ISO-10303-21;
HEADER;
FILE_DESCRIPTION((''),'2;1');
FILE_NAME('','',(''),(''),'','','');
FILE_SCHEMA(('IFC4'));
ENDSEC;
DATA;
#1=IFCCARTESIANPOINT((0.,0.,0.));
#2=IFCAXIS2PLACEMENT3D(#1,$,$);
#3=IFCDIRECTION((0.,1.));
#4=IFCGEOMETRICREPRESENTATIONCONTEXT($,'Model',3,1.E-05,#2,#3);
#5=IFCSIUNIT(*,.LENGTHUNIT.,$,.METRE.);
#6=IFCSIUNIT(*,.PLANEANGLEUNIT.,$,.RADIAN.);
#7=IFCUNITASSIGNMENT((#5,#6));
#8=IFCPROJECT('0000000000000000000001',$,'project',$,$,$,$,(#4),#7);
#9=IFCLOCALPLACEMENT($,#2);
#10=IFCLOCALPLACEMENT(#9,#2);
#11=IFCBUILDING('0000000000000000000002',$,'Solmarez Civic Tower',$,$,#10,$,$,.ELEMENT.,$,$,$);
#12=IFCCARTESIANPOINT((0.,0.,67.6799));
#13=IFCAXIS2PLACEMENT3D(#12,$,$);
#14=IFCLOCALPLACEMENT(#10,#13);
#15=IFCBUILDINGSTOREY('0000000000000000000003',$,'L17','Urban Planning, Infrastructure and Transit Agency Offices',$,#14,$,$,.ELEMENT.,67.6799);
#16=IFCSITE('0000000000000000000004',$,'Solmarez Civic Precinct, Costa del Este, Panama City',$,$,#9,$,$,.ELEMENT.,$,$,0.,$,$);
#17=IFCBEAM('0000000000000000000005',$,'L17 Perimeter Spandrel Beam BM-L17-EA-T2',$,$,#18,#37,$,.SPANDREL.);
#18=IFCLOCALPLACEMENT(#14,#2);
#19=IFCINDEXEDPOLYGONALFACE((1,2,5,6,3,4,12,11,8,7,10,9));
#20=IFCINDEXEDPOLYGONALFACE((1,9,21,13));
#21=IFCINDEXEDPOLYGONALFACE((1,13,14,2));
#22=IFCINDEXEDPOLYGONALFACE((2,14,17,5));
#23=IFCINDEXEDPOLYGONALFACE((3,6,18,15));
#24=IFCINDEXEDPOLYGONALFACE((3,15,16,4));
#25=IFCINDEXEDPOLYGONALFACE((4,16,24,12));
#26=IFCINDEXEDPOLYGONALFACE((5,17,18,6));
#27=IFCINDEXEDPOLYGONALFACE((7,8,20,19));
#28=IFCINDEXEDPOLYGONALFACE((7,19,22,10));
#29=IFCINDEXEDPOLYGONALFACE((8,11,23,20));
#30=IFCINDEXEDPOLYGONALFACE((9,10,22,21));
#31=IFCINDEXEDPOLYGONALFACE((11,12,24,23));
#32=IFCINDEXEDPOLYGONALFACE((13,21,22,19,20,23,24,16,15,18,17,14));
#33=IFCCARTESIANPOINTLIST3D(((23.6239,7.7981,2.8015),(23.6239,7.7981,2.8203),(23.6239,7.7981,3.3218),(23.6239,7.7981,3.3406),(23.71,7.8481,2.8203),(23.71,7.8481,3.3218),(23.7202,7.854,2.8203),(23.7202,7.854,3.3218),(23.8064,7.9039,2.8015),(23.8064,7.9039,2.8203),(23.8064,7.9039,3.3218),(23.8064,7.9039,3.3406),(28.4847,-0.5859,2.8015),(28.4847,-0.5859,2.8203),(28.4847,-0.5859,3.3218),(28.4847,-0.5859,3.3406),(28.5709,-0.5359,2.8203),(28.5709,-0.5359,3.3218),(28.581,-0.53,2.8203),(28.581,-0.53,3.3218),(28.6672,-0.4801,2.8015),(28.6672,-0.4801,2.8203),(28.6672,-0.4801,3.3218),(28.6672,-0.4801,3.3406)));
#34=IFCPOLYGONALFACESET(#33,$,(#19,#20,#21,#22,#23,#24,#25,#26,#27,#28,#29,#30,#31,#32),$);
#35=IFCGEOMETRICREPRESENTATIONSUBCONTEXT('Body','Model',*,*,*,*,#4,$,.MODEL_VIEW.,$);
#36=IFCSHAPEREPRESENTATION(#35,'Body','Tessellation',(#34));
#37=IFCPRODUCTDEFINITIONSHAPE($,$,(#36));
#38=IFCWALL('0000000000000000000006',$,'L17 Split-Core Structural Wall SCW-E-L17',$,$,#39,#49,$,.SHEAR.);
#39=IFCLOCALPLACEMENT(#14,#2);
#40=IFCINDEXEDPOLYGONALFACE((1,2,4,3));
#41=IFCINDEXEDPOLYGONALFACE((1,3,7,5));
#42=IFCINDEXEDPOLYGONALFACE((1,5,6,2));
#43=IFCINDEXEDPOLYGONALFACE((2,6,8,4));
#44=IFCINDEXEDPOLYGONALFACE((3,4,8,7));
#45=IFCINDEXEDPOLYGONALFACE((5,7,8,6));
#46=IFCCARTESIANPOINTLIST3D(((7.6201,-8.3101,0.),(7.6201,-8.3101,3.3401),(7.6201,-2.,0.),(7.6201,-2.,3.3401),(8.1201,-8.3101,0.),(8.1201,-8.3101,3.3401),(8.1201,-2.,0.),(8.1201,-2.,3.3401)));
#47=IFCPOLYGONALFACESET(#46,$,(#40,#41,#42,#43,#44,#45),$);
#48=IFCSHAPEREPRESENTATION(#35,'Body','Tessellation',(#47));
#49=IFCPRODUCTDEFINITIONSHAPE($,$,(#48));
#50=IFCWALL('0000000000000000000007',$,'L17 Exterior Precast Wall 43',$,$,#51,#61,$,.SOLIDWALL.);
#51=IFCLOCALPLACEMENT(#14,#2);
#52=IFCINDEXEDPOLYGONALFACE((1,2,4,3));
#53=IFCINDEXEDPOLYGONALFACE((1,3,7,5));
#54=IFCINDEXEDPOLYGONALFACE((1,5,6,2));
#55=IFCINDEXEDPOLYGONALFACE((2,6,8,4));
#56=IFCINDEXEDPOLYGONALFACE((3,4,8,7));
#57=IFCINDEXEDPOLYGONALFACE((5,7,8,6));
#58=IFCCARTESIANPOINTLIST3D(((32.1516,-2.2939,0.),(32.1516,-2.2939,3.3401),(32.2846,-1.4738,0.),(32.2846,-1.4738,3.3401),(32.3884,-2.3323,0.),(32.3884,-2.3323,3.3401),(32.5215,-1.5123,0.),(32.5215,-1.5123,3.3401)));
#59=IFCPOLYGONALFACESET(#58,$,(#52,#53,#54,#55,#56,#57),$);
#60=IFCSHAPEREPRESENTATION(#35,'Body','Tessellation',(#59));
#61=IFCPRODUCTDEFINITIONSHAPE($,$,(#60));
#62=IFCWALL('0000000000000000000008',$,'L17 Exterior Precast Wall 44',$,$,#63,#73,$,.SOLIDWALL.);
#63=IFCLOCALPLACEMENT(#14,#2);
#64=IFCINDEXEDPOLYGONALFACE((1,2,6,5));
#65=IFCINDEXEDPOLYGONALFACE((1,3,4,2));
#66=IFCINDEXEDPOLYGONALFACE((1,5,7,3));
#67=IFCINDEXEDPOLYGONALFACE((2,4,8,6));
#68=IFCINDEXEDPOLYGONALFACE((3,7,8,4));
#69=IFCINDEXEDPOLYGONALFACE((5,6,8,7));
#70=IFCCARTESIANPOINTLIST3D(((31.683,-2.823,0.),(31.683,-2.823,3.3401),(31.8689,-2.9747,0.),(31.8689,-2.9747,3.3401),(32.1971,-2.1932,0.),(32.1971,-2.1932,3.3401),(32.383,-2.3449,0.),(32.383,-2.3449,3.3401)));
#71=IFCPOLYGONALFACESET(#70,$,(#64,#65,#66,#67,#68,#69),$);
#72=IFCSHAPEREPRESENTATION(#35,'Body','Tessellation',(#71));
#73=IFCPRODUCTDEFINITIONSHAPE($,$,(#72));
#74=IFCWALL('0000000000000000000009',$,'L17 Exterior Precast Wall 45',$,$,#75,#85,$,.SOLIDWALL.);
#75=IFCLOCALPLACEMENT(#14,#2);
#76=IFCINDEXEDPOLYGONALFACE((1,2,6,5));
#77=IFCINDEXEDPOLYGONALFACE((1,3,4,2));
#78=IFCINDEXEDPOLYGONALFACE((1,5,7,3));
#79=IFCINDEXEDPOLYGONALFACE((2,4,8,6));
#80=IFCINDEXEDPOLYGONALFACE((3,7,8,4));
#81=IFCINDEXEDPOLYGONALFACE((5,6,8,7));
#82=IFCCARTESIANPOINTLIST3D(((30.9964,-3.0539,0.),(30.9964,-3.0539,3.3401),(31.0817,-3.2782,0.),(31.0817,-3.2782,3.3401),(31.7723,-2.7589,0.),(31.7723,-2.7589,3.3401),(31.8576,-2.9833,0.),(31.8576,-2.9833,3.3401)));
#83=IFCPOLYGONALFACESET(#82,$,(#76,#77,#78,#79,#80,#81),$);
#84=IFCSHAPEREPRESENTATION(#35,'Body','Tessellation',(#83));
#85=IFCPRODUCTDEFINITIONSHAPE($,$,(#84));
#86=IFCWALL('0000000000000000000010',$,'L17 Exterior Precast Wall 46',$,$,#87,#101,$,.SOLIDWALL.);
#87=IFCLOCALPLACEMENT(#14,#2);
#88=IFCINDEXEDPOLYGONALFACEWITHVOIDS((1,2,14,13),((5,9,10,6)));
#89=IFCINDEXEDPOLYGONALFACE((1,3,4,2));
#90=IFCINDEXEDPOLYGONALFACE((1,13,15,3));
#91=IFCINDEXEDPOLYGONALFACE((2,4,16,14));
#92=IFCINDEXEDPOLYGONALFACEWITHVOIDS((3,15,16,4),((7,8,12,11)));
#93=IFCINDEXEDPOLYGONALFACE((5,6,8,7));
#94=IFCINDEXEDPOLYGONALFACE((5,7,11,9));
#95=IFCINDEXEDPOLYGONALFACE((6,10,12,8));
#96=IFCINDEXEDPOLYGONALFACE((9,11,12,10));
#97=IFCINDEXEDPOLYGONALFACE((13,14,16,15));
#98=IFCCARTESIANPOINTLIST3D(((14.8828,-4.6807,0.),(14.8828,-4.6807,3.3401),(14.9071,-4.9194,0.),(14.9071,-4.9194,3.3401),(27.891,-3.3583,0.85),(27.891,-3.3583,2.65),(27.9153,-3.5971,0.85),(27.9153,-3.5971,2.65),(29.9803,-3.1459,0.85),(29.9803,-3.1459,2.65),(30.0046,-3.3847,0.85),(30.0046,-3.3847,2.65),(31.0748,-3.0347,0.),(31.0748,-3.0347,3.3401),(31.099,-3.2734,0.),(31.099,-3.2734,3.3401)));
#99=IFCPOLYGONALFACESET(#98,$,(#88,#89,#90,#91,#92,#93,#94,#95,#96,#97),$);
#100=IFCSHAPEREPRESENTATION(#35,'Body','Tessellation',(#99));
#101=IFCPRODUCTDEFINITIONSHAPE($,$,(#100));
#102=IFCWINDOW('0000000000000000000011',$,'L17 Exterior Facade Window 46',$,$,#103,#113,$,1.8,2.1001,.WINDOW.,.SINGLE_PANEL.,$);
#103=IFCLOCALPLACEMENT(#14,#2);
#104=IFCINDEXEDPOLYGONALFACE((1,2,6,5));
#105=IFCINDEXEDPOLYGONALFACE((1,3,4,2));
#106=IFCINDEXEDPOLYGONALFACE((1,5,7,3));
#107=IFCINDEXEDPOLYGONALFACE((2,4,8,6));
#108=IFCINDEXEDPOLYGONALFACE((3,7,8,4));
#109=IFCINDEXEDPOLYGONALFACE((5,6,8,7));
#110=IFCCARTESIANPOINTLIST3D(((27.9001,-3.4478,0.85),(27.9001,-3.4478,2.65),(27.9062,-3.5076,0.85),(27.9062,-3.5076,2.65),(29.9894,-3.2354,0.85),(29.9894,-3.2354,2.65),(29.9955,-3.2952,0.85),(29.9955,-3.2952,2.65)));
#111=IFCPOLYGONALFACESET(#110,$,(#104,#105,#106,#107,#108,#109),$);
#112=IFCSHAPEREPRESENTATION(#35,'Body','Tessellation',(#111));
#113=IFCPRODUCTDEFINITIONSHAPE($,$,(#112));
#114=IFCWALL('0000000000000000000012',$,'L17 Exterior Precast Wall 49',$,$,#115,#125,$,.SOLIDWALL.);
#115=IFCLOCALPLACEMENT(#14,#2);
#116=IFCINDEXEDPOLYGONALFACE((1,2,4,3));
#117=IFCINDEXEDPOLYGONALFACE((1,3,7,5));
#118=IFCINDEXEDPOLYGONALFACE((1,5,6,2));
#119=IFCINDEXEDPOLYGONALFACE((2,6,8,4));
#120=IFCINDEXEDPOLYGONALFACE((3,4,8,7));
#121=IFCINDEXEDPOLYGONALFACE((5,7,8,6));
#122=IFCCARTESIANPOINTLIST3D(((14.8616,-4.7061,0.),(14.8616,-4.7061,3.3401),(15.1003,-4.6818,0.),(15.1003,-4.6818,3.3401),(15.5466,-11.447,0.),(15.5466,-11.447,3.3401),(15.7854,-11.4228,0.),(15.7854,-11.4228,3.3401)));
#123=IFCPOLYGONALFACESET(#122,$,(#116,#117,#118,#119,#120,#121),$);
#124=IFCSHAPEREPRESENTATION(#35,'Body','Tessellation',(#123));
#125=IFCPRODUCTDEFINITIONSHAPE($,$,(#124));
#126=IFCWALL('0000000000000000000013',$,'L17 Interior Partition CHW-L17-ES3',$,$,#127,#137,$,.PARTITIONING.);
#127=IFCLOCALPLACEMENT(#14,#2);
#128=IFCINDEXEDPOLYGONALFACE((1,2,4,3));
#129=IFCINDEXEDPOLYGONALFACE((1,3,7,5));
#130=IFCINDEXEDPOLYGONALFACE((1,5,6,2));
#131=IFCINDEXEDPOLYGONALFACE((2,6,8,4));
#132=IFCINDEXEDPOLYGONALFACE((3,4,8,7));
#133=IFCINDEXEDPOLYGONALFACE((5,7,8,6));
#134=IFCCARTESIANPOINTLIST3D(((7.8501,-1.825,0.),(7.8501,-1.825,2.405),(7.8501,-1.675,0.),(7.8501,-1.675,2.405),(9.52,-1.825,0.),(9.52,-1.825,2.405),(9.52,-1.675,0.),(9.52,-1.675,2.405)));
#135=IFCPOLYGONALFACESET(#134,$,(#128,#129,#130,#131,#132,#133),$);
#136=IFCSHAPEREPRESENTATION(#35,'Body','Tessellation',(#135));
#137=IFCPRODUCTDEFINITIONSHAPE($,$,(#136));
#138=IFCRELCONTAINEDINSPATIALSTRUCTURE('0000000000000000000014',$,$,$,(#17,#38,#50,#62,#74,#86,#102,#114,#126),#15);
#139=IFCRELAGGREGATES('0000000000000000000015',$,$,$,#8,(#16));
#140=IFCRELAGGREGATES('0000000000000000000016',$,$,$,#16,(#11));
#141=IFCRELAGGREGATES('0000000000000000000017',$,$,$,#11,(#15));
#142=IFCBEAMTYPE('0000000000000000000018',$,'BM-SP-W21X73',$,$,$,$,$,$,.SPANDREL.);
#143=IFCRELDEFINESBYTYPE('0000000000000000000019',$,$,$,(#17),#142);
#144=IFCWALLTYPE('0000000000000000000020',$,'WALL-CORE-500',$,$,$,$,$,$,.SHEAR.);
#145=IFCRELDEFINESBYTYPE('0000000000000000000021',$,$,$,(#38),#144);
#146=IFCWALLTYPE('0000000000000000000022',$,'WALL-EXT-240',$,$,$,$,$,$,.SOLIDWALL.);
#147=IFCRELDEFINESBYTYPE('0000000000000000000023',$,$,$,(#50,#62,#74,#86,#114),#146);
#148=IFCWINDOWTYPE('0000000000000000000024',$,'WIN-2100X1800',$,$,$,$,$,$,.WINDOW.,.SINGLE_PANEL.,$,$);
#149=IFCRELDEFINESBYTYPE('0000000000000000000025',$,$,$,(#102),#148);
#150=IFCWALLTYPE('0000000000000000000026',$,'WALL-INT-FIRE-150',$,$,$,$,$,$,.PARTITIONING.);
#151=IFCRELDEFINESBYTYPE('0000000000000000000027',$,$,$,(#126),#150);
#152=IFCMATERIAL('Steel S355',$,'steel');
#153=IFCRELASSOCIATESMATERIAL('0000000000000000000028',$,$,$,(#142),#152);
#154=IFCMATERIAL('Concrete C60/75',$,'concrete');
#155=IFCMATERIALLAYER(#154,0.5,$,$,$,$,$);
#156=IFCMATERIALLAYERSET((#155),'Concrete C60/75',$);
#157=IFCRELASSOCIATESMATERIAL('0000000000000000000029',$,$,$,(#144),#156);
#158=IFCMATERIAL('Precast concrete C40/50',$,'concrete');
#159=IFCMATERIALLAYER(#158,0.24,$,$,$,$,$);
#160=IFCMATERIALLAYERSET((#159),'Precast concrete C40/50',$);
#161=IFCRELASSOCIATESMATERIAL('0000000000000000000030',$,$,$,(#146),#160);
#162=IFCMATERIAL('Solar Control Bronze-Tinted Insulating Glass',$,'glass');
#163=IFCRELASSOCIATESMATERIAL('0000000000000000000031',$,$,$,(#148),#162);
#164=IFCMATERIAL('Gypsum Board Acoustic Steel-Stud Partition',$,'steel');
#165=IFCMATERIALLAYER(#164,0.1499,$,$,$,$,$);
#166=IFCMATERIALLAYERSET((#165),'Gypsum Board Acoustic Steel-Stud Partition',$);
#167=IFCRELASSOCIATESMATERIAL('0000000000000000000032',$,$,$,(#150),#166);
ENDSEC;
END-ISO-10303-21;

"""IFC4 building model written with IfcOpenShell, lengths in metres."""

from ifc_helpers import new_model, si_unit, direction, frame, frame_2d, origin, origin_2d, place, context, subcontext, project, spatial, rectangle, i_section, extrude, material, layer, layer_set, material_profile, profile_set, type_object, element, fill, save


model = new_model("IFC4")

# Units and contexts
model_context = context("Model", 3, precision=1e-05, world=origin(), true_north=direction((0.0, 1.0)))
body_context = subcontext(model_context, "Body", "Model", "MODEL_VIEW")
ifc_project = project(units=[si_unit("LENGTHUNIT", "METRE"), si_unit("PLANEANGLEUNIT", "RADIAN")], contexts=[model_context])

# Site, building, storey
site_placement = place(None, origin())
site = spatial("IfcSite", under=ifc_project, at=site_placement, Name="Solmarez Civic Precinct, Costa del Este, Panama City", CompositionType="ELEMENT", RefElevation=0.0)
building_placement = place(site_placement, origin())
building = spatial("IfcBuilding", under=site, at=building_placement, Name="Solmarez Civic Tower", CompositionType="ELEMENT")
storey_placement = place(building_placement, frame((0.0, 0.0, 67.6799)))
storey = spatial("IfcBuildingStorey", under=building, at=storey_placement, Name="L17", Description="Urban Planning, Infrastructure and Transit Agency Offices", CompositionType="ELEMENT", Elevation=67.6799)

# Shared definitions
ifc_material_1 = material(Name="Concrete C60/75", Category="concrete")

# Beam
ifc_material_2 = material(Name="Steel S355", Category="steel")
ifc_material_profile_1 = material_profile(ifc_material_2, i_section(OverallWidth=0.2109, OverallDepth=0.5391, WebThickness=0.0117, FlangeThickness=0.0188, at=origin_2d()), Name="W21X73")
ifc_profile_set_1 = profile_set([ifc_material_profile_1], Name="Steel S355")
beam_type_1 = type_object("IfcBeamType", Name="BM-SP-W21X73", PredefinedType="SPANDREL", material=ifc_profile_set_1)
beam_1_placement = place(storey_placement, frame((28.5759, -0.533, 3.071), z_axis=(-0.501571, 0.865116, 0.0), x_axis=(-0.865116, -0.501571, 0.0)))
element("IfcBeam", 1, at=beam_1_placement, inside=storey, type_object=beam_type_1, Name="L17 Perimeter Spandrel Beam BM-L17-EA-T2", PredefinedType="SPANDREL", context=body_context, shape_type="SweptSolid", body=[
    extrude(i_section(OverallWidth=0.2109, OverallDepth=0.5391, WebThickness=0.0117, FlangeThickness=0.0188, at=origin_2d()), origin(), (0.0, 0.0, 1.0), 9.6912),
])

# Walls
ifc_layer_1 = layer(ifc_material_1, 0.5)
ifc_layer_set_1 = layer_set([ifc_layer_1], Name="Concrete C60/75")
wall_type_1 = type_object("IfcWallType", Name="WALL-CORE-500", PredefinedType="SHEAR", material=ifc_layer_set_1)
wall_1_placement = place(storey_placement, frame((7.8701, -2.0, 0.0), z_axis=(0.0, 0.0, 1.0), x_axis=(0.0, -1.0, 0.0)))
element("IfcWall", 2, at=wall_1_placement, inside=storey, type_object=wall_type_1, Name="L17 Split-Core Structural Wall SCW-E-L17", PredefinedType="SHEAR", context=body_context, shape_type="SweptSolid", body=[
    extrude(rectangle(XDim=6.3101, YDim=0.5, at=frame_2d((3.155, 0.0))), origin(), (0.0, 0.0, 1.0), 3.3401),
])
ifc_material_3 = material(Name="Precast concrete C40/50", Category="concrete")
ifc_layer_2 = layer(ifc_material_3, 0.24)
ifc_layer_set_2 = layer_set([ifc_layer_2], Name="Precast concrete C40/50")
wall_type_2 = type_object("IfcWallType", Name="WALL-EXT-240", PredefinedType="SOLIDWALL", material=ifc_layer_set_2)
wall_2_placement = place(storey_placement, frame((32.4031, -1.4929, 0.0), z_axis=(0.0, 0.0, 1.0), x_axis=(-0.160156, -0.987092, 0.0)))
element("IfcWall", 3, at=wall_2_placement, inside=storey, type_object=wall_type_2, Name="L17 Exterior Precast Wall 43", PredefinedType="SOLIDWALL", context=body_context, shape_type="SweptSolid", body=[
    extrude(rectangle(XDim=0.8308, YDim=0.24, at=frame_2d((0.4155, 0.0))), origin(), (0.0, 0.0, 1.0), 3.3401),
])
wall_3_placement = place(storey_placement, frame((32.29, -2.269, 0.0), z_axis=(0.0, 0.0, 1.0), x_axis=(-0.632354, -0.774679, 0.0)))
element("IfcWall", 4, at=wall_3_placement, inside=storey, type_object=wall_type_2, Name="L17 Exterior Precast Wall 44", PredefinedType="SOLIDWALL", context=body_context, shape_type="SweptSolid", body=[
    extrude(rectangle(XDim=0.813, YDim=0.24, at=frame_2d((0.4065, 0.0))), origin(), (0.0, 0.0, 1.0), 3.3401),
])
wall_4_placement = place(storey_placement, frame((31.8149, -2.8711, 0.0), z_axis=(0.0, 0.0, 1.0), x_axis=(-0.934748, -0.35531, 0.0)))
element("IfcWall", 5, at=wall_4_placement, inside=storey, type_object=wall_type_2, Name="L17 Exterior Precast Wall 45", PredefinedType="SOLIDWALL", context=body_context, shape_type="SweptSolid", body=[
    extrude(rectangle(XDim=0.8301, YDim=0.24, at=frame_2d((0.415, 0.0))), origin(), (0.0, 0.0, 1.0), 3.3401),
])

# Wall, opening, window
wall_5_placement = place(storey_placement, frame((31.0869, -3.1541, 0.0), z_axis=(0.0, 0.0, 1.0), x_axis=(-0.994873, -0.101134, 0.0)))
wall_5 = element("IfcWall", 6, at=wall_5_placement, inside=storey, type_object=wall_type_2, Name="L17 Exterior Precast Wall 46", PredefinedType="SOLIDWALL", context=body_context, shape_type="SweptSolid", body=[
    extrude(rectangle(XDim=16.2754, YDim=0.24, at=frame_2d((8.1377, 0.0))), origin(), (0.0, 0.0, 1.0), 3.3401),
])
opening_placement = place(wall_5_placement, frame((1.1001, 0.0, 0.8501)))
opening = element("IfcOpeningElement", 7, at=opening_placement, cuts=wall_5, PredefinedType="OPENING", context=body_context, shape_type="SweptSolid", body=[
    extrude(rectangle(XDim=2.1001, YDim=1.8, at=frame_2d((1.05, 0.8999))), frame((0.0, 0.1299, 0.0), z_axis=(0.0, -1.0, 0.0), x_axis=(1.0, 0.0, 0.0)), (0.0, 0.0, 1.0), 0.26),
])
ifc_material_4 = material(Name="Solar Control Bronze-Tinted Insulating Glass", Category="glass")
window_type = type_object("IfcWindowType", Name="WIN-2100X1800", PartitioningType="SINGLE_PANEL", PredefinedType="WINDOW", material=ifc_material_4)
window_placement = place(opening_placement, origin())
window = element("IfcWindow", 8, at=window_placement, inside=storey, type_object=window_type, Name="L17 Exterior Facade Window 46", OverallHeight=1.8, OverallWidth=2.1001, PartitioningType="SINGLE_PANEL", PredefinedType="WINDOW", context=body_context, shape_type="SweptSolid", body=[
    extrude(rectangle(XDim=2.1001, YDim=1.8, at=frame_2d((1.05, 0.8999))), frame((0.0, 0.03, 0.0), z_axis=(0.0, -1.0, 0.0), x_axis=(1.0, 0.0, 0.0)), (0.0, 0.0, 1.0), 0.0601),
])
fill(opening, window)

# Walls
wall_6_placement = place(storey_placement, frame((14.981, -4.6941, 0.0), z_axis=(0.0, 0.0, 1.0), x_axis=(0.101105, -0.994876, 0.0)))
element("IfcWall", 9, at=wall_6_placement, inside=storey, type_object=wall_type_2, Name="L17 Exterior Precast Wall 49", PredefinedType="SOLIDWALL", context=body_context, shape_type="SweptSolid", body=[
    extrude(rectangle(XDim=6.7756, YDim=0.24, at=frame_2d((3.3877, 0.0))), origin(), (0.0, 0.0, 1.0), 3.3401),
])
ifc_material_5 = material(Name="Gypsum Board Acoustic Steel-Stud Partition", Category="steel")
ifc_layer_3 = layer(ifc_material_5, 0.1499)
ifc_layer_set_3 = layer_set([ifc_layer_3], Name="Gypsum Board Acoustic Steel-Stud Partition")
wall_type_3 = type_object("IfcWallType", Name="WALL-INT-FIRE-150", PredefinedType="PARTITIONING", material=ifc_layer_set_3)
wall_7_placement = place(storey_placement, frame((7.8501, -1.75, 0.0), z_axis=(0.0, 0.0, 1.0), x_axis=(1.0, 0.0, 0.0)))
element("IfcWall", 10, at=wall_7_placement, inside=storey, type_object=wall_type_3, Name="L17 Interior Partition CHW-L17-ES3", PredefinedType="PARTITIONING", context=body_context, shape_type="SweptSolid", body=[
    extrude(rectangle(XDim=1.6699, YDim=0.1499, at=frame_2d((0.835, 0.0))), origin(), (0.0, 0.0, 1.0), 2.405),
])

save(model, "model.ifc")
